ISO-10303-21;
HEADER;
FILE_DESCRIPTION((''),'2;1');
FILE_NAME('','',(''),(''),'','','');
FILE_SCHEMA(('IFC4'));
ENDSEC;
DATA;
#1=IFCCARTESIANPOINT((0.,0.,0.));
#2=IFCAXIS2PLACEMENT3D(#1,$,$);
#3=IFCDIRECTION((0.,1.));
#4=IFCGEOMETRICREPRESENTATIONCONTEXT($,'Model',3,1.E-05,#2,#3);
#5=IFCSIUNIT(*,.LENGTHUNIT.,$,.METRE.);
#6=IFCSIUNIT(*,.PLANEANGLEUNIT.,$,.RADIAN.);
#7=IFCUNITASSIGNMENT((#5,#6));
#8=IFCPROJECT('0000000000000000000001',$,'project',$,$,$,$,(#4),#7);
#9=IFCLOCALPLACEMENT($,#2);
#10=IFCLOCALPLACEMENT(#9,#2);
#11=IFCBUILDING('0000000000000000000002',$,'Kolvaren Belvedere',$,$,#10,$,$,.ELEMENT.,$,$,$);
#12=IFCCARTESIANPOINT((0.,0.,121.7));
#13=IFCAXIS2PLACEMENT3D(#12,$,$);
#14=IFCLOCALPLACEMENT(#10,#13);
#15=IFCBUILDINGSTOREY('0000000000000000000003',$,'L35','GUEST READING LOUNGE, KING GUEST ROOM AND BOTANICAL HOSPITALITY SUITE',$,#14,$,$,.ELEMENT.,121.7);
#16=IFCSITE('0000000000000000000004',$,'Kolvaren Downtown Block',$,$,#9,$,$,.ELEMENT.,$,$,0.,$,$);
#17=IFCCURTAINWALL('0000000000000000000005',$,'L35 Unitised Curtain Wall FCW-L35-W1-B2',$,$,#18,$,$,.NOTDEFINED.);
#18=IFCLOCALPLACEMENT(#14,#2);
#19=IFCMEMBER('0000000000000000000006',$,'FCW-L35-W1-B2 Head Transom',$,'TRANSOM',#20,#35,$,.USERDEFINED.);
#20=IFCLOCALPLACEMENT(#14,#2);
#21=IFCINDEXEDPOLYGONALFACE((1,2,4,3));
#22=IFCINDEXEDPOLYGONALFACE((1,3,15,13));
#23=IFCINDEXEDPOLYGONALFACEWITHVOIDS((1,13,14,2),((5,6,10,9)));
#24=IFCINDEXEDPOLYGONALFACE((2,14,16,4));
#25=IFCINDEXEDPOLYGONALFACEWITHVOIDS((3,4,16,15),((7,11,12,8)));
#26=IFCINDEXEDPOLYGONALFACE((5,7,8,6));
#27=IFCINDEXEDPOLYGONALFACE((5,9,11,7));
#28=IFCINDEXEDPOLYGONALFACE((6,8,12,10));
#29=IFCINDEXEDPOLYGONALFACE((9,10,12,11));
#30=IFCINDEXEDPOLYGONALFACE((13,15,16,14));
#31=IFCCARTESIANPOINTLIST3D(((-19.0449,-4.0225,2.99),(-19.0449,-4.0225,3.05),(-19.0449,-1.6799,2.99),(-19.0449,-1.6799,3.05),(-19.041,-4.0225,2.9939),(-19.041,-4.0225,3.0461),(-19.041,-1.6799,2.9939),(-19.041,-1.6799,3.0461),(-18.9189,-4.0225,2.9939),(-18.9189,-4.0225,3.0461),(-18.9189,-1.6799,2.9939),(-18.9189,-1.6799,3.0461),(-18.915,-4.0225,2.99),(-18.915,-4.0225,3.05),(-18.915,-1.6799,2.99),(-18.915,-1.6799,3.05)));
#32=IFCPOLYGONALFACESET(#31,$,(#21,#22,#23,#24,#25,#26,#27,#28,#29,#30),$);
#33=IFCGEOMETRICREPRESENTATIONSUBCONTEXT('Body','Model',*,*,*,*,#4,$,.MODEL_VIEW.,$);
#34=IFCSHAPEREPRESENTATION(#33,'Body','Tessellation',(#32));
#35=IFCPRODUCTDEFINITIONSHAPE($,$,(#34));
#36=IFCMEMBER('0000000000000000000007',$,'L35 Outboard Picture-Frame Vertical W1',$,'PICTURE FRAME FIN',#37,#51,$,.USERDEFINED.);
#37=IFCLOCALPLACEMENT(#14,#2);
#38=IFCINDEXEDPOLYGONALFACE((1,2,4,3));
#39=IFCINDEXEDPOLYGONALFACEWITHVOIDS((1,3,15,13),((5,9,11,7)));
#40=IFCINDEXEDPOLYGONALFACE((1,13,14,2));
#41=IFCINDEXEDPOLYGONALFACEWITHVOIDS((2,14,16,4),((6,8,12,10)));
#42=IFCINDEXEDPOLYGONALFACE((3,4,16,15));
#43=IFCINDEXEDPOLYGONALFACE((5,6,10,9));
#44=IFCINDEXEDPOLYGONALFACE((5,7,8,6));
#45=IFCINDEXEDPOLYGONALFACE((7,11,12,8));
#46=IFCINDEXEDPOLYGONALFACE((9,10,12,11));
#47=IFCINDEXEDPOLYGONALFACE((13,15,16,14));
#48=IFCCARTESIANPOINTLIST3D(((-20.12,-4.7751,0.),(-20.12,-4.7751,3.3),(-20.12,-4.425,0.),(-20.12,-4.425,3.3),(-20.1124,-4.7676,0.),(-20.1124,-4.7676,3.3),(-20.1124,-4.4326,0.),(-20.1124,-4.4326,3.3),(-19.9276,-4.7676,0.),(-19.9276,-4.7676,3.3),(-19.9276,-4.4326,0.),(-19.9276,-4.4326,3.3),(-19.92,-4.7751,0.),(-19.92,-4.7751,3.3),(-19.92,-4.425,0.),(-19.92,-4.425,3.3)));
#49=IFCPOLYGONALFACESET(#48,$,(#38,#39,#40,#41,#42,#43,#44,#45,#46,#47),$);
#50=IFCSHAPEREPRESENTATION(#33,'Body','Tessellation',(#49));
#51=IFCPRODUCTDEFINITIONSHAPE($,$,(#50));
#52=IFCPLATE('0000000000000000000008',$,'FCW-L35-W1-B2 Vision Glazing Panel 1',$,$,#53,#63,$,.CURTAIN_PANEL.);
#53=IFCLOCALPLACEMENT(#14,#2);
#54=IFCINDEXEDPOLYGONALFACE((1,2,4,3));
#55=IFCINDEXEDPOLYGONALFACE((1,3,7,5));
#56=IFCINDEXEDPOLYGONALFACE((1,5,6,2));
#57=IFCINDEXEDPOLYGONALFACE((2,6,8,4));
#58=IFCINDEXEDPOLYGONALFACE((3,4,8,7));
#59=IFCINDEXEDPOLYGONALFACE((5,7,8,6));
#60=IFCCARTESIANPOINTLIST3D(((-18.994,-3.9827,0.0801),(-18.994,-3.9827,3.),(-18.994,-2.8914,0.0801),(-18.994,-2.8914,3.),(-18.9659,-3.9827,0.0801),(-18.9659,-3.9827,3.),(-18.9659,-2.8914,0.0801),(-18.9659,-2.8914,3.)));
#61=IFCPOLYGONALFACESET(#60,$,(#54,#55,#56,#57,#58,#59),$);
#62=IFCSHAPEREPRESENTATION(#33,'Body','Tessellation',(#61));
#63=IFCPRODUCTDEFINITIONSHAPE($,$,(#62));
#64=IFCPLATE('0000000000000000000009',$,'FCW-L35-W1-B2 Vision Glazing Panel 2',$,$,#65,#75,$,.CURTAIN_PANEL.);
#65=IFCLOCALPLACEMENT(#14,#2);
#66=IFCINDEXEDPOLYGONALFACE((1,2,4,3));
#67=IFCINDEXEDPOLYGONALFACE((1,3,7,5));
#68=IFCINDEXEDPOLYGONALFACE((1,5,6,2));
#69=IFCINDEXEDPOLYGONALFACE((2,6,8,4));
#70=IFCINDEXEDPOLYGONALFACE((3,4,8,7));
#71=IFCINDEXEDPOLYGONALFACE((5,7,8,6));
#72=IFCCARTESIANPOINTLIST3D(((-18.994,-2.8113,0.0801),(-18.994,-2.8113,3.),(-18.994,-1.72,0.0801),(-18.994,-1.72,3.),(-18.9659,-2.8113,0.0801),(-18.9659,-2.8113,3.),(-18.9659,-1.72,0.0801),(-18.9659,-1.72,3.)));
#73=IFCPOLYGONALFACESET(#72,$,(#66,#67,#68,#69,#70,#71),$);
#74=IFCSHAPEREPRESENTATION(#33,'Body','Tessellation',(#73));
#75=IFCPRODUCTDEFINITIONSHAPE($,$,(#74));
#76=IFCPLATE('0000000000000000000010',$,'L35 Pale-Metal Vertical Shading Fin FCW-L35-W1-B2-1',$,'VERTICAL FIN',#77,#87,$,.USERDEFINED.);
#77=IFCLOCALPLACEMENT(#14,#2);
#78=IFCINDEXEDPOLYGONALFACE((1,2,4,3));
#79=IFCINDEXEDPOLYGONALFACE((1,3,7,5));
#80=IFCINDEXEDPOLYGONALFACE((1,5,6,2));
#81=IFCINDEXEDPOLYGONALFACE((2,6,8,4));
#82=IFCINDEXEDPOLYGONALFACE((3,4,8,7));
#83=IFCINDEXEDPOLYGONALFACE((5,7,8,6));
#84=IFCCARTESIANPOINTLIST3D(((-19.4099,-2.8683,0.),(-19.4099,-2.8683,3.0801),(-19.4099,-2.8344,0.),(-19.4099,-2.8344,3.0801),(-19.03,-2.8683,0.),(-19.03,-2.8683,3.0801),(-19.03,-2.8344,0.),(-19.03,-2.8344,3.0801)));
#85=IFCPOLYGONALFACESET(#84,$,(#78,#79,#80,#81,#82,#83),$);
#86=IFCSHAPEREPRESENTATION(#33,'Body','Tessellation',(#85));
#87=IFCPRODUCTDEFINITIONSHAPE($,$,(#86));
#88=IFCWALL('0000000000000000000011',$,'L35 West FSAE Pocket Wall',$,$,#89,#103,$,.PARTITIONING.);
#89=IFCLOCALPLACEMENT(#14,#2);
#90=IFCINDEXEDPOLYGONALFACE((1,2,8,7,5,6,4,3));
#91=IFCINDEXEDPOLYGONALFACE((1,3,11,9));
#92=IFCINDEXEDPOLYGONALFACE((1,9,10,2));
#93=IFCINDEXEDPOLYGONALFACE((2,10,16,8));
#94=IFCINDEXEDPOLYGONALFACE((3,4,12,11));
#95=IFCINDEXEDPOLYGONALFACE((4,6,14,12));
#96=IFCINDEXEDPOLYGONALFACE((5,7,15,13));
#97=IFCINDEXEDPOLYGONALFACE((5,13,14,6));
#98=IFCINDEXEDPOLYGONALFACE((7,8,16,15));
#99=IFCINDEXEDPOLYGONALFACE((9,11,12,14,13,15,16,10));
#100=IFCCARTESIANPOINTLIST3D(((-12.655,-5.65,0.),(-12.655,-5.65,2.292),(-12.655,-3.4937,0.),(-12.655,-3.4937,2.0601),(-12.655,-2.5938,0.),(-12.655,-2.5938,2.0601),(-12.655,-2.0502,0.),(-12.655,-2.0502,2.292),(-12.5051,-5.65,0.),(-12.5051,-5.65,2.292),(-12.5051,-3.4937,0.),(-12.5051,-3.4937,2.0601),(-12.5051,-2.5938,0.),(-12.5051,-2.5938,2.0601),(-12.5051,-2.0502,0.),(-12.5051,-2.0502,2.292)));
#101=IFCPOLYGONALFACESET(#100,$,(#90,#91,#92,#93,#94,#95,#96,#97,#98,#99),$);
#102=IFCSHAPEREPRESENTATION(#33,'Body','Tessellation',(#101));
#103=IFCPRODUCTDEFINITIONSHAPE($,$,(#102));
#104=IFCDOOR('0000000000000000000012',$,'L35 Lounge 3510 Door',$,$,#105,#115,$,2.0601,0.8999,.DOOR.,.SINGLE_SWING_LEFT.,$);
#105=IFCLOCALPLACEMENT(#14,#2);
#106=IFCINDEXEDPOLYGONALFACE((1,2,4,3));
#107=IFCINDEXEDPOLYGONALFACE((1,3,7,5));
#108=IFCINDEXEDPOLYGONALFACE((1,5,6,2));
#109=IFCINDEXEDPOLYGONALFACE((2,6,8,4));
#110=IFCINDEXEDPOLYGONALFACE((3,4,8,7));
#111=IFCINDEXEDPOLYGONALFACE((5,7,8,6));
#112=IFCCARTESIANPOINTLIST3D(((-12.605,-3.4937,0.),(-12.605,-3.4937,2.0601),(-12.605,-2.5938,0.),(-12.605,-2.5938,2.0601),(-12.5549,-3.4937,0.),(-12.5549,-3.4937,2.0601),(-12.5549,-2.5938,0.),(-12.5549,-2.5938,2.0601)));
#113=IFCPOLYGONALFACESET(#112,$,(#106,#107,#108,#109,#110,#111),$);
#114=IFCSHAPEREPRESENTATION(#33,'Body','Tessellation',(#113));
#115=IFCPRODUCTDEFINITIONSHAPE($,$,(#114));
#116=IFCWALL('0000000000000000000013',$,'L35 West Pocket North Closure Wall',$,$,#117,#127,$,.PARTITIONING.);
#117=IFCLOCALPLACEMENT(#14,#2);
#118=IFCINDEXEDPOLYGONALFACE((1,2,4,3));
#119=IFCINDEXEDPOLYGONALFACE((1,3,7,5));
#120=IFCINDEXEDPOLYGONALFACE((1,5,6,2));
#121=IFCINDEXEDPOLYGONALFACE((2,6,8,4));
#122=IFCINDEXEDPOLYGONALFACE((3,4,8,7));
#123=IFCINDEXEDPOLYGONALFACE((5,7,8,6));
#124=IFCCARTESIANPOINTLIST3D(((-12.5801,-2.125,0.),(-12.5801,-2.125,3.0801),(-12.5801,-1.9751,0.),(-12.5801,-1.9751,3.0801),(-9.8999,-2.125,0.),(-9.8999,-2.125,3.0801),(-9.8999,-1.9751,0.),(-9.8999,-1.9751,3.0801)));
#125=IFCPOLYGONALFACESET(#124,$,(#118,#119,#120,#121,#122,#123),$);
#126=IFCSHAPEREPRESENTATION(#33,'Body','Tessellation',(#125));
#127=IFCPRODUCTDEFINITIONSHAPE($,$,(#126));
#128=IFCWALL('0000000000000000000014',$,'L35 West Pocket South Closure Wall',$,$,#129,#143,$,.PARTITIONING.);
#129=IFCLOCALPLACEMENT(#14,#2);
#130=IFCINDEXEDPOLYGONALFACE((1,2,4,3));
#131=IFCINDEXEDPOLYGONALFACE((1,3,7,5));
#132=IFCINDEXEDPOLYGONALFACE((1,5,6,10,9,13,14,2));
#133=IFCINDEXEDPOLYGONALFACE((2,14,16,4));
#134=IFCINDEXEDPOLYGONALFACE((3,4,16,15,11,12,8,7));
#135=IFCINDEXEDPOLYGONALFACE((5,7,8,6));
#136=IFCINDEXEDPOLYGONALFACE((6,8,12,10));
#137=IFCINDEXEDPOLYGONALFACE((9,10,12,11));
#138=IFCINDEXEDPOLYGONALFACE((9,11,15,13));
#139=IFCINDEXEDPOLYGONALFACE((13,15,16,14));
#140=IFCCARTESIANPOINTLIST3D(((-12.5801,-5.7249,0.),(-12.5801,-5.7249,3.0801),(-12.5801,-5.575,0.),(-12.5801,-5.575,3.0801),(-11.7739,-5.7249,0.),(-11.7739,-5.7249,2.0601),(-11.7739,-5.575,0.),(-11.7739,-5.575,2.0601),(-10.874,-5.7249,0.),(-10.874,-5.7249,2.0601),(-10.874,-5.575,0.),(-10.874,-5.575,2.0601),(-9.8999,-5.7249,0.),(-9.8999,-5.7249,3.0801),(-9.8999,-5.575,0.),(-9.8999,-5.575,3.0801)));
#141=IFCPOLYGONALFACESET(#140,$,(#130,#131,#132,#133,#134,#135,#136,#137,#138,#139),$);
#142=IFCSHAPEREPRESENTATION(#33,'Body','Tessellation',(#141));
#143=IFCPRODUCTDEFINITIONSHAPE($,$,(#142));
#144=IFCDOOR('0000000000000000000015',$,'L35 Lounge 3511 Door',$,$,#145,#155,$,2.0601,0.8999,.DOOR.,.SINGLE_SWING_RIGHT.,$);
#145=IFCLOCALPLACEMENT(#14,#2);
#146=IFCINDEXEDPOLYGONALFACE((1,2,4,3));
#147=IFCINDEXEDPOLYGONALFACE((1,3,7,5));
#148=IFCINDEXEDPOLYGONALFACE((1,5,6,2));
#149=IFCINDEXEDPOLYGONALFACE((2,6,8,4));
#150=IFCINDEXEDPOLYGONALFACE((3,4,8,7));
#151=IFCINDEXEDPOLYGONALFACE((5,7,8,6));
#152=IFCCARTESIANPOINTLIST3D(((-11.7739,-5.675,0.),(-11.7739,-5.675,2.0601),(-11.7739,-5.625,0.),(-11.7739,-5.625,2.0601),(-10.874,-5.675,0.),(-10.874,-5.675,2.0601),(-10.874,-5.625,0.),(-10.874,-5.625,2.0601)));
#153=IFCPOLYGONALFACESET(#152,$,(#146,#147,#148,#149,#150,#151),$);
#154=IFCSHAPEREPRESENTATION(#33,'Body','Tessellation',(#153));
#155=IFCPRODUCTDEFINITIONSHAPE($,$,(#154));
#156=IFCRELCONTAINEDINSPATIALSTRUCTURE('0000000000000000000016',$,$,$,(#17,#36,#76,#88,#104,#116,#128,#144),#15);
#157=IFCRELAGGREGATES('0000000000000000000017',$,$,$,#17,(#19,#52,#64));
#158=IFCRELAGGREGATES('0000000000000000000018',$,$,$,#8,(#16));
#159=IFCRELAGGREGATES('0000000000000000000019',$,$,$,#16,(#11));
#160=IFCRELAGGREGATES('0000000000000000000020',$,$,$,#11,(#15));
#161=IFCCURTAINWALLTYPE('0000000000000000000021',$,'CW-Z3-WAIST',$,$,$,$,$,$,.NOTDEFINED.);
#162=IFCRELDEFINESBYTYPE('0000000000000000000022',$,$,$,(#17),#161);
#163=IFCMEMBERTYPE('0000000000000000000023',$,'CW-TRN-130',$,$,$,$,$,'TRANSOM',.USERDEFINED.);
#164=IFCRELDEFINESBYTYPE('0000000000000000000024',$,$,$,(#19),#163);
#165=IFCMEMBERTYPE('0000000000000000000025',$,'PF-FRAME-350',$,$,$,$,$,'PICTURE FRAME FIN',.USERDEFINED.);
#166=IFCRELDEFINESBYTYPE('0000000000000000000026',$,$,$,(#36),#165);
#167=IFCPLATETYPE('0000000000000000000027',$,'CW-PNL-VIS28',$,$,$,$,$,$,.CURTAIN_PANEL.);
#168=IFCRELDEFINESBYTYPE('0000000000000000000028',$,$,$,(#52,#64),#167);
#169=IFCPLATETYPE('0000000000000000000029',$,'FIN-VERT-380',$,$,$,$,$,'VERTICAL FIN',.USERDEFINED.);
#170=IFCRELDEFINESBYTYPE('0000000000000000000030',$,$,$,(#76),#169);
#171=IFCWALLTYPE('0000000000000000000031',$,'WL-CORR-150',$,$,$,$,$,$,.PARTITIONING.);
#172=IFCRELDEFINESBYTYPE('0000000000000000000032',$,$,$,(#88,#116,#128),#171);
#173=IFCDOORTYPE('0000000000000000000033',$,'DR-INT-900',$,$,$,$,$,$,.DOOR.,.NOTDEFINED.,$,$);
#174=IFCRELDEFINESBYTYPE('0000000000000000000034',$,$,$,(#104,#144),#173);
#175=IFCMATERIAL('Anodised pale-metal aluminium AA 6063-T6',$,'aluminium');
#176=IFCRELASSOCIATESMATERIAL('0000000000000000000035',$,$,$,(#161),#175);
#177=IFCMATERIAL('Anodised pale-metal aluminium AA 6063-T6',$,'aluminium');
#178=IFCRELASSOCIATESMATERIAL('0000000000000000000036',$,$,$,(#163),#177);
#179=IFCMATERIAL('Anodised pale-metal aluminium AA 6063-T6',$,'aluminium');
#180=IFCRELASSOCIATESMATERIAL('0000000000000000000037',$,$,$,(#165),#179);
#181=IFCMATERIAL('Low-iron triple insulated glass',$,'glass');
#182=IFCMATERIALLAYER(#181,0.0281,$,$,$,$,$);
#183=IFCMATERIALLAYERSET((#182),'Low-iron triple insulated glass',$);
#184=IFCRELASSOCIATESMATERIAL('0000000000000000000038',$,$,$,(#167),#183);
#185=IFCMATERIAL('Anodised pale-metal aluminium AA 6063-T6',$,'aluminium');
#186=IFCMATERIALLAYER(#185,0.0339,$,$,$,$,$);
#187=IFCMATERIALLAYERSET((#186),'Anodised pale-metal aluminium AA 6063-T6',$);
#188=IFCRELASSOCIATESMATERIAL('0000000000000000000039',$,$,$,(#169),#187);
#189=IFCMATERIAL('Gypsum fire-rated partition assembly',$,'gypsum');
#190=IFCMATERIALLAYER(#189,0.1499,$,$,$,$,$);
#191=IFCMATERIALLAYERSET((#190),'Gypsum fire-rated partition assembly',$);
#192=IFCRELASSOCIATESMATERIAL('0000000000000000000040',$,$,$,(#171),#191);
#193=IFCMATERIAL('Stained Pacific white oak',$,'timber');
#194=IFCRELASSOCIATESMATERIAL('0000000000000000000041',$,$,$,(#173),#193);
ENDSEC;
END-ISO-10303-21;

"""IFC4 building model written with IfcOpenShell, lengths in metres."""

from ifc_helpers import new_model, si_unit, direction, frame, frame_2d, origin, origin_2d, place, context, subcontext, project, spatial, rectangle, hollow_rectangle, extrude, material, layer, layer_set, material_profile, profile_set, type_object, element, fill, aggregate, save


model = new_model("IFC4")

# Units and contexts
model_context = context("Model", 3, precision=1e-05, world=origin(), true_north=direction((0.0, 1.0)))
body_context = subcontext(model_context, "Body", "Model", "MODEL_VIEW")
ifc_project = project(units=[si_unit("LENGTHUNIT", "METRE"), si_unit("PLANEANGLEUNIT", "RADIAN")], contexts=[model_context])

# Site, building, storey
site_placement = place(None, origin())
site = spatial("IfcSite", under=ifc_project, at=site_placement, Name="Kolvaren Downtown Block", CompositionType="ELEMENT", RefElevation=0.0)
building_placement = place(site_placement, origin())
building = spatial("IfcBuilding", under=site, at=building_placement, Name="Kolvaren Belvedere", CompositionType="ELEMENT")
storey_placement = place(building_placement, frame((0.0, 0.0, 121.7)))
storey = spatial("IfcBuildingStorey", under=building, at=storey_placement, Name="L35", Description="GUEST READING LOUNGE, KING GUEST ROOM AND BOTANICAL HOSPITALITY SUITE", CompositionType="ELEMENT", Elevation=121.7)

# Shared definitions
ifc_material_1 = material(Name="Anodised pale-metal aluminium AA 6063-T6", Category="aluminium")
curtain_wall_type = type_object("IfcCurtainWallType", Name="CW-Z3-WAIST", PredefinedType="NOTDEFINED", material=ifc_material_1)

# Curtain wall, member
curtain_wall_1_placement = place(storey_placement, origin())
curtain_wall_1 = element("IfcCurtainWall", 1, at=curtain_wall_1_placement, inside=storey, type_object=curtain_wall_type, Name="L35 Unitised Curtain Wall FCW-L35-W1-B2", PredefinedType="NOTDEFINED")
ifc_material_2 = material(Name="Anodised pale-metal aluminium AA 6063-T6", Category="aluminium")
ifc_material_profile_1 = material_profile(ifc_material_2, hollow_rectangle(XDim=0.0601, YDim=0.1299, WallThickness=0.0039, at=origin_2d()), Name="ALU-TRN-130X60")
ifc_profile_set_1 = profile_set([ifc_material_profile_1], Name="Anodised pale-metal aluminium AA 6063-T6")
member_type_1 = type_object("IfcMemberType", Name="CW-TRN-130", ElementType="TRANSOM", PredefinedType="USERDEFINED", material=ifc_profile_set_1)
member_1_placement = place(storey_placement, frame((-18.98, -4.0225, 3.02), z_axis=(0.0, 1.0, 0.0), x_axis=(0.0, 0.0, 1.0)))
member_1 = element("IfcMember", 2, at=member_1_placement, type_object=member_type_1, Name="FCW-L35-W1-B2 Head Transom", ObjectType="TRANSOM", PredefinedType="USERDEFINED", context=body_context, shape_type="SweptSolid", body=[
    extrude(hollow_rectangle(XDim=0.0601, YDim=0.1299, WallThickness=0.0039, at=origin_2d()), origin(), (0.0, 0.0, 1.0), 2.3425),
])

# Member
ifc_material_3 = material(Name="Anodised pale-metal aluminium AA 6063-T6", Category="aluminium")
ifc_material_profile_2 = material_profile(ifc_material_3, hollow_rectangle(XDim=0.2, YDim=0.3501, WallThickness=0.0076, at=origin_2d()), Name="ALU-PF-350X200")
ifc_profile_set_2 = profile_set([ifc_material_profile_2], Name="Anodised pale-metal aluminium AA 6063-T6")
member_type_2 = type_object("IfcMemberType", Name="PF-FRAME-350", ElementType="PICTURE FRAME FIN", PredefinedType="USERDEFINED", material=ifc_profile_set_2)
member_2_placement = place(storey_placement, frame((-20.02, -4.6001, 0.0), z_axis=(0.0, 0.0, 1.0), x_axis=(1.0, 0.0, 0.0)))
element("IfcMember", 3, at=member_2_placement, inside=storey, type_object=member_type_2, Name="L35 Outboard Picture-Frame Vertical W1", ObjectType="PICTURE FRAME FIN", PredefinedType="USERDEFINED", context=body_context, shape_type="SweptSolid", body=[
    extrude(hollow_rectangle(XDim=0.2, YDim=0.3501, WallThickness=0.0076, at=origin_2d()), origin(), (0.0, 0.0, 1.0), 3.3),
])

# Plates
ifc_material_4 = material(Name="Low-iron triple insulated glass", Category="glass")
ifc_layer_1 = layer(ifc_material_4, 0.0281)
ifc_layer_set_1 = layer_set([ifc_layer_1], Name="Low-iron triple insulated glass")
plate_type_1 = type_object("IfcPlateType", Name="CW-PNL-VIS28", PredefinedType="CURTAIN_PANEL", material=ifc_layer_set_1)
plate_1_placement = place(storey_placement, frame((-18.98, -3.437, 0.0801), z_axis=(0.0, 0.0, 1.0), x_axis=(0.0, 1.0, 0.0)))
plate_1 = element("IfcPlate", 4, at=plate_1_placement, type_object=plate_type_1, Name="FCW-L35-W1-B2 Vision Glazing Panel 1", PredefinedType="CURTAIN_PANEL", context=body_context, shape_type="SweptSolid", body=[
    extrude(rectangle(XDim=1.0913, YDim=0.0281, at=origin_2d()), origin(), (0.0, 0.0, 1.0), 2.9199),
])
plate_2_placement = place(storey_placement, frame((-18.98, -2.2656, 0.0801), z_axis=(0.0, 0.0, 1.0), x_axis=(0.0, 1.0, 0.0)))
plate_2 = element("IfcPlate", 5, at=plate_2_placement, type_object=plate_type_1, Name="FCW-L35-W1-B2 Vision Glazing Panel 2", PredefinedType="CURTAIN_PANEL", context=body_context, shape_type="SweptSolid", body=[
    extrude(rectangle(XDim=1.0913, YDim=0.0281, at=origin_2d()), origin(), (0.0, 0.0, 1.0), 2.9199),
])
aggregate(curtain_wall_1, [member_1, plate_1, plate_2])
ifc_material_5 = material(Name="Anodised pale-metal aluminium AA 6063-T6", Category="aluminium")
ifc_layer_2 = layer(ifc_material_5, 0.0339)
ifc_layer_set_2 = layer_set([ifc_layer_2], Name="Anodised pale-metal aluminium AA 6063-T6")
plate_type_2 = type_object("IfcPlateType", Name="FIN-VERT-380", ElementType="VERTICAL FIN", PredefinedType="USERDEFINED", material=ifc_layer_set_2)
plate_3_placement = place(storey_placement, frame((-19.22, -2.8513, 0.0), z_axis=(0.0, 0.0, 1.0), x_axis=(1.0, 0.0, 0.0)))
element("IfcPlate", 6, at=plate_3_placement, inside=storey, type_object=plate_type_2, Name="L35 Pale-Metal Vertical Shading Fin FCW-L35-W1-B2-1", ObjectType="VERTICAL FIN", PredefinedType="USERDEFINED", context=body_context, shape_type="SweptSolid", body=[
    extrude(rectangle(XDim=0.3799, YDim=0.0339, at=origin_2d()), origin(), (0.0, 0.0, 1.0), 3.0801),
])

# Wall, opening, door
ifc_material_6 = material(Name="Gypsum fire-rated partition assembly", Category="gypsum")
ifc_layer_3 = layer(ifc_material_6, 0.1499)
ifc_layer_set_3 = layer_set([ifc_layer_3], Name="Gypsum fire-rated partition assembly")
wall_type_1 = type_object("IfcWallType", Name="WL-CORR-150", PredefinedType="PARTITIONING", material=ifc_layer_set_3)
wall_1_placement = place(storey_placement, frame((-12.5801, -5.6499, 0.0), z_axis=(0.0, 0.0, 1.0), x_axis=(0.0, 1.0, 0.0)))
wall_1 = element("IfcWall", 7, at=wall_1_placement, inside=storey, type_object=wall_type_1, Name="L35 West FSAE Pocket Wall", PredefinedType="PARTITIONING", context=body_context, shape_type="SweptSolid", body=[
    extrude(rectangle(XDim=3.5999, YDim=0.1499, at=frame_2d((1.7998, 0.0))), origin(), (0.0, 0.0, 1.0), 2.292),
])
opening_1_placement = place(wall_1_placement, frame((2.1562, 0.0, 0.0)))
opening_1 = element("IfcOpeningElement", 8, at=opening_1_placement, cuts=wall_1, PredefinedType="OPENING", context=body_context, shape_type="SweptSolid", body=[
    extrude(rectangle(XDim=0.8999, YDim=2.0601, at=frame_2d((0.45, 1.03))), frame((0.0, 0.085, 0.0), z_axis=(0.0, -1.0, 0.0), x_axis=(1.0, 0.0, 0.0)), (0.0, 0.0, 1.0), 0.1699),
])
ifc_material_7 = material(Name="Stained Pacific white oak", Category="timber")
door_type_1 = type_object("IfcDoorType", Name="DR-INT-900", OperationType="NOTDEFINED", PredefinedType="DOOR", material=ifc_material_7)
door_1_placement = place(opening_1_placement, origin())
door_1 = element("IfcDoor", 9, at=door_1_placement, inside=storey, type_object=door_type_1, Name="L35 Lounge 3510 Door", OperationType="SINGLE_SWING_LEFT", OverallHeight=2.0601, OverallWidth=0.8999, PredefinedType="DOOR", context=body_context, shape_type="SweptSolid", body=[
    extrude(rectangle(XDim=0.8999, YDim=2.0601, at=frame_2d((0.45, 1.03))), frame((0.0, 0.0249, 0.0), z_axis=(0.0, -1.0, 0.0), x_axis=(1.0, 0.0, 0.0)), (0.0, 0.0, 1.0), 0.05),
])
fill(opening_1, door_1)

# Wall
wall_2_placement = place(storey_placement, frame((-12.5801, -2.05, 0.0), z_axis=(0.0, 0.0, 1.0), x_axis=(1.0, 0.0, 0.0)))
element("IfcWall", 10, at=wall_2_placement, inside=storey, type_object=wall_type_1, Name="L35 West Pocket North Closure Wall", PredefinedType="PARTITIONING", context=body_context, shape_type="SweptSolid", body=[
    extrude(rectangle(XDim=2.6802, YDim=0.1499, at=frame_2d((1.3401, 0.0))), origin(), (0.0, 0.0, 1.0), 3.0801),
])

# Wall, opening, door
wall_3_placement = place(storey_placement, frame((-12.5801, -5.6499, 0.0), z_axis=(0.0, 0.0, 1.0), x_axis=(1.0, 0.0, 0.0)))
wall_3 = element("IfcWall", 11, at=wall_3_placement, inside=storey, type_object=wall_type_1, Name="L35 West Pocket South Closure Wall", PredefinedType="PARTITIONING", context=body_context, shape_type="SweptSolid", body=[
    extrude(rectangle(XDim=2.6802, YDim=0.1499, at=frame_2d((1.3401, 0.0))), origin(), (0.0, 0.0, 1.0), 3.0801),
])
opening_2_placement = place(wall_3_placement, frame((0.8062, 0.0, 0.0)))
opening_2 = element("IfcOpeningElement", 12, at=opening_2_placement, cuts=wall_3, PredefinedType="OPENING", context=body_context, shape_type="SweptSolid", body=[
    extrude(rectangle(XDim=0.8999, YDim=2.0601, at=frame_2d((0.45, 1.03))), frame((0.0, 0.085, 0.0), z_axis=(0.0, -1.0, 0.0), x_axis=(1.0, 0.0, 0.0)), (0.0, 0.0, 1.0), 0.1699),
])
door_2_placement = place(opening_2_placement, origin())
door_2 = element("IfcDoor", 13, at=door_2_placement, inside=storey, type_object=door_type_1, Name="L35 Lounge 3511 Door", OperationType="SINGLE_SWING_RIGHT", OverallHeight=2.0601, OverallWidth=0.8999, PredefinedType="DOOR", context=body_context, shape_type="SweptSolid", body=[
    extrude(rectangle(XDim=0.8999, YDim=2.0601, at=frame_2d((0.45, 1.03))), frame((0.0, 0.0249, 0.0), z_axis=(0.0, -1.0, 0.0), x_axis=(1.0, 0.0, 0.0)), (0.0, 0.0, 1.0), 0.05),
])
fill(opening_2, door_2)

save(model, "model.ifc")
